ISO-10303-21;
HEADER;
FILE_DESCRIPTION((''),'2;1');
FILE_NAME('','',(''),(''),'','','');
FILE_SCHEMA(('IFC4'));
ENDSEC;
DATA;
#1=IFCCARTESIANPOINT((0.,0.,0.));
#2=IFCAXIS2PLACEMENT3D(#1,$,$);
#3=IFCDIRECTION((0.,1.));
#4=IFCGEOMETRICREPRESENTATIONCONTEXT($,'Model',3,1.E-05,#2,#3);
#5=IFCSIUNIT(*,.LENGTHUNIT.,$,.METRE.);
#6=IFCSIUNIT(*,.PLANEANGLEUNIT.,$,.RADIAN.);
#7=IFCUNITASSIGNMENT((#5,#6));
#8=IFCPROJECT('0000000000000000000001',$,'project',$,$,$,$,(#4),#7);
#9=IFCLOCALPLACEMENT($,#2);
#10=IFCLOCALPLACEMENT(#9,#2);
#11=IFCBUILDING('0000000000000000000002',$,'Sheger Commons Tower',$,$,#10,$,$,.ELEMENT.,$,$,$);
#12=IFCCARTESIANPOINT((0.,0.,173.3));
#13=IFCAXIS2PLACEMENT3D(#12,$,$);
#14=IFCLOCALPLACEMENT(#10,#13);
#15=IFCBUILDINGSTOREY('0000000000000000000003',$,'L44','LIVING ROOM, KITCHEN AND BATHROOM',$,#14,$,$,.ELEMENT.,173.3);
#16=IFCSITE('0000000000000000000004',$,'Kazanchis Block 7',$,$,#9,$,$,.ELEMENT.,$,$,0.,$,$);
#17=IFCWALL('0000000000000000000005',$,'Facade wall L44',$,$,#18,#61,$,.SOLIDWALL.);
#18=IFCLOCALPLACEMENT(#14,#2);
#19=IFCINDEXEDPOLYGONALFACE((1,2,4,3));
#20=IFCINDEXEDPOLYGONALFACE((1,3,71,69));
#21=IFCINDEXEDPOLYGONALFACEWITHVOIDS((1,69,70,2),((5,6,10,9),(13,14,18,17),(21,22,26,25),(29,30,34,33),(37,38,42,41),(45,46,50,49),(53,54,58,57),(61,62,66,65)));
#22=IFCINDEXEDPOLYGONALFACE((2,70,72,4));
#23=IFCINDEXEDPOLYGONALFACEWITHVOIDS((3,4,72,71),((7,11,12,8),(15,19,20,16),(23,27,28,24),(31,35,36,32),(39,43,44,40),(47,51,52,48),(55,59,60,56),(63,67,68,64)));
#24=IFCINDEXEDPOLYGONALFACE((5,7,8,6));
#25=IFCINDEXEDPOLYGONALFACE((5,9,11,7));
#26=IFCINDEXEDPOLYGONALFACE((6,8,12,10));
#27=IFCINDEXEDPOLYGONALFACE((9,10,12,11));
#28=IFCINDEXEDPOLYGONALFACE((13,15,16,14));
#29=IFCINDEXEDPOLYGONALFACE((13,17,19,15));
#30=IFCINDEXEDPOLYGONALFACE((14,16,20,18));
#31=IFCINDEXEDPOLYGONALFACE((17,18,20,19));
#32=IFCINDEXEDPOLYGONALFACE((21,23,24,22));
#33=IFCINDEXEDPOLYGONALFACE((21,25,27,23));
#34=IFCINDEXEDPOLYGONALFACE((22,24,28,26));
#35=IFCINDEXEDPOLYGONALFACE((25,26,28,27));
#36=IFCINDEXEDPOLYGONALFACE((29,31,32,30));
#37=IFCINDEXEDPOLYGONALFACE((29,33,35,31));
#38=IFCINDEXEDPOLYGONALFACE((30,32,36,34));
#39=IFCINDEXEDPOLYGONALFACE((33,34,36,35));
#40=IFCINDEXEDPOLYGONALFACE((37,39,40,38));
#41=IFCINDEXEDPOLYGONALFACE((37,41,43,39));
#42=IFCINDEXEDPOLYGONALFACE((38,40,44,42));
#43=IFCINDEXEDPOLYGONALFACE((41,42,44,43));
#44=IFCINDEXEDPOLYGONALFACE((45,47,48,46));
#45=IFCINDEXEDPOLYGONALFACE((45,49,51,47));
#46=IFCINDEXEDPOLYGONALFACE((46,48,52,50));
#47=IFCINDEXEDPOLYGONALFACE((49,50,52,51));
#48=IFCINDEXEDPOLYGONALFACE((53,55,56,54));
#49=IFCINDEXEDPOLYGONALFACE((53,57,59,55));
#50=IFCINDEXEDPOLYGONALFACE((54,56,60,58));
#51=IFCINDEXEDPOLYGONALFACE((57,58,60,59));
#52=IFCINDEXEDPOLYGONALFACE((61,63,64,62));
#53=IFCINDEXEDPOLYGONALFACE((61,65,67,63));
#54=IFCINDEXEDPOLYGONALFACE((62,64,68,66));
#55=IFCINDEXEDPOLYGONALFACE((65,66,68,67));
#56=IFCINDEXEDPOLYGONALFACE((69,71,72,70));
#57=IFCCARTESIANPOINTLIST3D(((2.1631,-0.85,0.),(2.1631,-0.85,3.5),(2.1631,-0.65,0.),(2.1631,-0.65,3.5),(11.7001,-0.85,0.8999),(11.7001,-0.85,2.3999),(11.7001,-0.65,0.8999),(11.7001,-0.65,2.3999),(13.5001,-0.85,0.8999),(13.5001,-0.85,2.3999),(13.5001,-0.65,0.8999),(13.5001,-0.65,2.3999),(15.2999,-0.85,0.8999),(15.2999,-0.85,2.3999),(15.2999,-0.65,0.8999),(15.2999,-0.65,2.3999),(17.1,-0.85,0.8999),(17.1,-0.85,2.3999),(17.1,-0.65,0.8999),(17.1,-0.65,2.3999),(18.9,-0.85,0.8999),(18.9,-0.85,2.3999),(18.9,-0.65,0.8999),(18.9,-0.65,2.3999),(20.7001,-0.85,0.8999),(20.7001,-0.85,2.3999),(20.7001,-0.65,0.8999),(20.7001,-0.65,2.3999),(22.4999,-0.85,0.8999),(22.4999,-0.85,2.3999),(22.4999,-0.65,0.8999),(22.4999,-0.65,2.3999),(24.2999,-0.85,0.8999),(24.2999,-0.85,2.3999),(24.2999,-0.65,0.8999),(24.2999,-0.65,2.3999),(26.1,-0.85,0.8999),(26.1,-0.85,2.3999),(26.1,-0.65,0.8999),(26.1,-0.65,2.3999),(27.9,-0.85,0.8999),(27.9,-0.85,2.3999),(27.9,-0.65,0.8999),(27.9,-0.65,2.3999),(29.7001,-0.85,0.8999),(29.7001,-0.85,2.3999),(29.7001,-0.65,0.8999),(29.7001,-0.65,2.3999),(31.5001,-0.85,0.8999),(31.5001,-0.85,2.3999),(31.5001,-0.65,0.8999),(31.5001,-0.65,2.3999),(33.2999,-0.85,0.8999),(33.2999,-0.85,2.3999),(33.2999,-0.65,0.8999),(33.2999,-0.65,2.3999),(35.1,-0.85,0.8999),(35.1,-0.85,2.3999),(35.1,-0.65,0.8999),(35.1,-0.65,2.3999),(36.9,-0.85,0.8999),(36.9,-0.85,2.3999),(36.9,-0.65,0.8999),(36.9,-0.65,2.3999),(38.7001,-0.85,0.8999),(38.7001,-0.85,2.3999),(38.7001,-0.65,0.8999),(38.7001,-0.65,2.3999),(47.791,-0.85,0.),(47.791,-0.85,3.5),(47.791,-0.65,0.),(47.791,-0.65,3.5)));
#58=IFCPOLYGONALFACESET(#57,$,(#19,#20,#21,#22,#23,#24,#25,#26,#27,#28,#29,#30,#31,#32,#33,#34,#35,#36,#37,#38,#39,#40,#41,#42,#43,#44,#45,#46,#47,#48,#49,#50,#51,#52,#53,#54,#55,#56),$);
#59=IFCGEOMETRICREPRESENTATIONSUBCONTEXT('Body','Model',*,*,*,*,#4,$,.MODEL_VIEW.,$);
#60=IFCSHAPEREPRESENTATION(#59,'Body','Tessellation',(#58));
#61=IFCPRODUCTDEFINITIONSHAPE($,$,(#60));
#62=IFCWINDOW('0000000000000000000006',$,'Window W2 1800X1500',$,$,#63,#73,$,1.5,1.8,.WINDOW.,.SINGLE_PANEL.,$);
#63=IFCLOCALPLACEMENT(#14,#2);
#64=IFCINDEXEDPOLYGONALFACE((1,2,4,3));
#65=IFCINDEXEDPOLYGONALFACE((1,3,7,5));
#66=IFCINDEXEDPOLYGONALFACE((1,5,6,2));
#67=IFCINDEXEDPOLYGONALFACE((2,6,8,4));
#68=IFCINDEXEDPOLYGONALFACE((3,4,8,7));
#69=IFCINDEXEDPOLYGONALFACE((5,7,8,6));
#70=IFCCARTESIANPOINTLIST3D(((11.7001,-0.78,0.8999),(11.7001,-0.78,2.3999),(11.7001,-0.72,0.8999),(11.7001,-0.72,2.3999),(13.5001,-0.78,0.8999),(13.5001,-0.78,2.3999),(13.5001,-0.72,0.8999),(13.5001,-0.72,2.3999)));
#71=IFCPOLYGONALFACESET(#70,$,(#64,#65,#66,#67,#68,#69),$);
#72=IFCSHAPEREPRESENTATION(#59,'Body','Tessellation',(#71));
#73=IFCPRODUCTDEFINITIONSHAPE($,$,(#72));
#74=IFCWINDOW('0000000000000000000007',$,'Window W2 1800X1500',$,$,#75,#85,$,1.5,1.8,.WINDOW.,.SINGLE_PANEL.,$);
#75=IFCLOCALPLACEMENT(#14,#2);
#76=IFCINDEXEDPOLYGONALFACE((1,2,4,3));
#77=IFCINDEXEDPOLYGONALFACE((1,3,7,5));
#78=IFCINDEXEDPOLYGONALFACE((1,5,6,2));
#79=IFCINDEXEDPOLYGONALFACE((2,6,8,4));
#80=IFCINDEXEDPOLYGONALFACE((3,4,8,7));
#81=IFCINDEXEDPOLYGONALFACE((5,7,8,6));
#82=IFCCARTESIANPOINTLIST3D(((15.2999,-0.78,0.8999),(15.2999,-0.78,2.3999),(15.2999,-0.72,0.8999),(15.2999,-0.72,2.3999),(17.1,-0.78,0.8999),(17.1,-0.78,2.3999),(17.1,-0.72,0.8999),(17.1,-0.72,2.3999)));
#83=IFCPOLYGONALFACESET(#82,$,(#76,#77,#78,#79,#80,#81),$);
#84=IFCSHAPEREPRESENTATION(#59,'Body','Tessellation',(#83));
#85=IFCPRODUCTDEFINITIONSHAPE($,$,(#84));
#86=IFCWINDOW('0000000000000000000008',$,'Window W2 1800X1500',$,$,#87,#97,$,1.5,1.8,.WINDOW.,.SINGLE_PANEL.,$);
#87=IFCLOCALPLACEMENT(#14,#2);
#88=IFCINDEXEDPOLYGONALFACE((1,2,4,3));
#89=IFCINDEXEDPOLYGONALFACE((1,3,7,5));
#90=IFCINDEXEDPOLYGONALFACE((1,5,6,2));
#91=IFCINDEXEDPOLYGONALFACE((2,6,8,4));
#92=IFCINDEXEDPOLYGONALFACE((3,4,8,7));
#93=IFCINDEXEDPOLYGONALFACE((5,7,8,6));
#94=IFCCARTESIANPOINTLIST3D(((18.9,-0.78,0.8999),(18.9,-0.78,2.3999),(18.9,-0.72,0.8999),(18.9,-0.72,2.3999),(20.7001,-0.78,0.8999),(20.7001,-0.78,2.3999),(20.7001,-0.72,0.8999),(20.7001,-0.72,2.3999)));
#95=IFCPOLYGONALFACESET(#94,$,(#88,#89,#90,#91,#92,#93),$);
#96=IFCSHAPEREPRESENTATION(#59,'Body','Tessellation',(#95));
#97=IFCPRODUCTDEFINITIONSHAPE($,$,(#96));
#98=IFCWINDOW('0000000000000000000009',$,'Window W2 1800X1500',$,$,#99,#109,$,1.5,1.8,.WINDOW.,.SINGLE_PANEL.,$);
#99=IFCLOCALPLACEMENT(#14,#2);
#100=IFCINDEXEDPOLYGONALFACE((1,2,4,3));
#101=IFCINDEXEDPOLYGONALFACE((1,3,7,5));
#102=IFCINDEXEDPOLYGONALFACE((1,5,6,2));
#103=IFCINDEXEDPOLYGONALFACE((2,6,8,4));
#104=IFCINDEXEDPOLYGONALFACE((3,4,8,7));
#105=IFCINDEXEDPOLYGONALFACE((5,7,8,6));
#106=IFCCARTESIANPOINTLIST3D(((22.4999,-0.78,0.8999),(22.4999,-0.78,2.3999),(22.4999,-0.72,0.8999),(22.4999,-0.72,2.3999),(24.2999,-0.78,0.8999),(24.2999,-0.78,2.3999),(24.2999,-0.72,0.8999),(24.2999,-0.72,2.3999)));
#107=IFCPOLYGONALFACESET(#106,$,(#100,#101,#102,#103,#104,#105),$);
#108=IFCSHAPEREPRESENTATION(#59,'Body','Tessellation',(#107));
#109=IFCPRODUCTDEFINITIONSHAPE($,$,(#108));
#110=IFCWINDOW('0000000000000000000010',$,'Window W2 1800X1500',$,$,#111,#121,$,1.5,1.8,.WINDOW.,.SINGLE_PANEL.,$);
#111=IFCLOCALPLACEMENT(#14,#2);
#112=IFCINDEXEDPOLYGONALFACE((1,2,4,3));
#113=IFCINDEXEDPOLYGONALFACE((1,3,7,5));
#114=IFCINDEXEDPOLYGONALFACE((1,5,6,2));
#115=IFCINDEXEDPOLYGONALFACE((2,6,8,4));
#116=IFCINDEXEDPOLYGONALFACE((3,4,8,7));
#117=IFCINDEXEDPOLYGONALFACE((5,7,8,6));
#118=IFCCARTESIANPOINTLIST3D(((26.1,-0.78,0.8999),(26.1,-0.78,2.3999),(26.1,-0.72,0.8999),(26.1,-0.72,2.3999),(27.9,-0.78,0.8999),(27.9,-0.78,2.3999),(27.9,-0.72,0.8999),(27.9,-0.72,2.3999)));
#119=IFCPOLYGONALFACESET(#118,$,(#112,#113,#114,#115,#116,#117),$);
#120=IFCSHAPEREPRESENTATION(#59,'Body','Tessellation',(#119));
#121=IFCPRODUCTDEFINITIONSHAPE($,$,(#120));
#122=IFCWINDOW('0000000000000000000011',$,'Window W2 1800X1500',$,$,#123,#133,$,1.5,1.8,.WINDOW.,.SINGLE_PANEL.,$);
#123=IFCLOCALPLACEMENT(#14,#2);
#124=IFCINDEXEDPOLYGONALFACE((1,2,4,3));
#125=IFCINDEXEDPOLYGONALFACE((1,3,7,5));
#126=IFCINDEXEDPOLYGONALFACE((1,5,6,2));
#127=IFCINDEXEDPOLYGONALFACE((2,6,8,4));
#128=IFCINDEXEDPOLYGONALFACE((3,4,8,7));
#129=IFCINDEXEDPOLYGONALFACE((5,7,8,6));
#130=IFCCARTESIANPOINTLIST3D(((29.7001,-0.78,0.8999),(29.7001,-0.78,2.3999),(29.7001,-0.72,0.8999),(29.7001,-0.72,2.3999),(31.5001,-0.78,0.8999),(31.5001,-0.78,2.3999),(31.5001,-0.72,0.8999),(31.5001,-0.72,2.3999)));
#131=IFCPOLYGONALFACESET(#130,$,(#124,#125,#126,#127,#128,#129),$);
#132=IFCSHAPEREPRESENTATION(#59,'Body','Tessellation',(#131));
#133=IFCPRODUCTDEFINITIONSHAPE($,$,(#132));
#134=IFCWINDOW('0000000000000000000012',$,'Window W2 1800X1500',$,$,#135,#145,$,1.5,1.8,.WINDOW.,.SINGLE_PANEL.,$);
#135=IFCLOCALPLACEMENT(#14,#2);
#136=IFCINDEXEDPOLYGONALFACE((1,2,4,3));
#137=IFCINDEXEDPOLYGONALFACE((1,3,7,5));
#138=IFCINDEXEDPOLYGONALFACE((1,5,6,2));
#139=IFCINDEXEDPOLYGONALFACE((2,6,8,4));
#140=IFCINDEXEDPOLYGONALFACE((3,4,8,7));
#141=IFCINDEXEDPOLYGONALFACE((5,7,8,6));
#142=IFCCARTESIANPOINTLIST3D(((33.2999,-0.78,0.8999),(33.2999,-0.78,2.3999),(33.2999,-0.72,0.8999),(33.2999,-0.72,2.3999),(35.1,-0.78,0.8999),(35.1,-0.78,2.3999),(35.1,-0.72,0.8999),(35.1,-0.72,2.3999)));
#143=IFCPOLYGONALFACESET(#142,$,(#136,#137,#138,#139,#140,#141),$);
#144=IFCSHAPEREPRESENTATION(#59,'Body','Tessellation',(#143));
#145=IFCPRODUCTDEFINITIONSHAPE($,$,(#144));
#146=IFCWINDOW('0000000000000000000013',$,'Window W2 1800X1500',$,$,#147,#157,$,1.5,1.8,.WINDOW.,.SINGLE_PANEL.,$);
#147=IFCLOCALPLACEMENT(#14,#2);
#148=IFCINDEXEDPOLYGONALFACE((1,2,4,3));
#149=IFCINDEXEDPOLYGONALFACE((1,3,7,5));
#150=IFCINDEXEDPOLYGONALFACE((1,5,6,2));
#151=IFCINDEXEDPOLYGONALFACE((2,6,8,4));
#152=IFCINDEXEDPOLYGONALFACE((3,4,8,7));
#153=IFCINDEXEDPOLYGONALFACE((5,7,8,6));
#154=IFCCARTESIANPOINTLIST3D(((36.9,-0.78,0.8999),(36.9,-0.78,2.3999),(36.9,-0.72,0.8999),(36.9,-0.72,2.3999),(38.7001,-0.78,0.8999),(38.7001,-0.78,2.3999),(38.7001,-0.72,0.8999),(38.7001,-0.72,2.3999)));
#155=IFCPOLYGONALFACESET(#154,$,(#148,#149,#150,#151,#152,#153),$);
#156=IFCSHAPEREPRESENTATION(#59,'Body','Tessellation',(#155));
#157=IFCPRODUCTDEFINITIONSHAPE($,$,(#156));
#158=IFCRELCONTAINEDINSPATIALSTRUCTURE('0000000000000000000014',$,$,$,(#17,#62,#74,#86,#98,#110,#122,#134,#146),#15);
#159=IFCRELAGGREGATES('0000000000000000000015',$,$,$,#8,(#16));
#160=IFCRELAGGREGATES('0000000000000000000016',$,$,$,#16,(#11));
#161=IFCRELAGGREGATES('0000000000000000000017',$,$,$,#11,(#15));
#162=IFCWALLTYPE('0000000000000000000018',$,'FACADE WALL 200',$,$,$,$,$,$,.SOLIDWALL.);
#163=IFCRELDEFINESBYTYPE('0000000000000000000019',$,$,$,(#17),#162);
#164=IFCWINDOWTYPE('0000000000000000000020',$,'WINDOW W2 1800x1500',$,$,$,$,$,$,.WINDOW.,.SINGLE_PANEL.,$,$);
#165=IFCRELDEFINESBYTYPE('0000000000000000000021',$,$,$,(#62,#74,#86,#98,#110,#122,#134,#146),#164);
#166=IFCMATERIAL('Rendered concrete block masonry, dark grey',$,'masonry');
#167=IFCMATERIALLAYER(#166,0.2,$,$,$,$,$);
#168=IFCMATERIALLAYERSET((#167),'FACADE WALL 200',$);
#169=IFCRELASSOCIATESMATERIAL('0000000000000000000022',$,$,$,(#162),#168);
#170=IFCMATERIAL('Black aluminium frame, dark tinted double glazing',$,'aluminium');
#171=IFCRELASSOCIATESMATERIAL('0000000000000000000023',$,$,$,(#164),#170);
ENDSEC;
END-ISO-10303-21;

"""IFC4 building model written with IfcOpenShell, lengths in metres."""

from ifc_helpers import new_model, si_unit, direction, frame, frame_2d, origin, place, context, subcontext, project, spatial, rectangle, extrude, material, layer, layer_set, type_object, element, fill, save


model = new_model("IFC4")

# Units and contexts
model_context = context("Model", 3, precision=1e-05, world=origin(), true_north=direction((0.0, 1.0)))
body_context = subcontext(model_context, "Body", "Model", "MODEL_VIEW")
ifc_project = project(units=[si_unit("LENGTHUNIT", "METRE"), si_unit("PLANEANGLEUNIT", "RADIAN")], contexts=[model_context])

# Site, building, storey
site_placement = place(None, origin())
site = spatial("IfcSite", under=ifc_project, at=site_placement, Name="Kazanchis Block 7", CompositionType="ELEMENT", RefElevation=0.0)
building_placement = place(site_placement, origin())
building = spatial("IfcBuilding", under=site, at=building_placement, Name="Sheger Commons Tower", CompositionType="ELEMENT")
storey_placement = place(building_placement, frame((0.0, 0.0, 173.3)))
storey = spatial("IfcBuildingStorey", under=building, at=storey_placement, Name="L44", Description="LIVING ROOM, KITCHEN AND BATHROOM", CompositionType="ELEMENT", Elevation=173.3)

# Wall, openings, windows
ifc_material_1 = material(Name="Rendered concrete block masonry, dark grey", Category="masonry")
ifc_layer_1 = layer(ifc_material_1, 0.2)
ifc_layer_set_1 = layer_set([ifc_layer_1], Name="FACADE WALL 200")
wall_type_1 = type_object("IfcWallType", Name="FACADE WALL 200", PredefinedType="SOLIDWALL", material=ifc_layer_set_1)
wall_1_placement = place(storey_placement, frame((2.1631, -0.75, 0.0), z_axis=(0.0, 0.0, 1.0), x_axis=(1.0, 0.0, 0.0)))
wall_1 = element("IfcWall", 1, at=wall_1_placement, inside=storey, type_object=wall_type_1, Name="Facade wall L44", PredefinedType="SOLIDWALL", context=body_context, shape_type="SweptSolid", body=[
    extrude(rectangle(XDim=45.6279, YDim=0.2, at=frame_2d((22.814, 0.0))), origin(), (0.0, 0.0, 1.0), 3.5),
])
opening_1_placement = place(wall_1_placement, frame((9.5371, 0.0, 0.8999)))
opening_1 = element("IfcOpeningElement", 2, at=opening_1_placement, cuts=wall_1, PredefinedType="OPENING", context=body_context, shape_type="SweptSolid", body=[
    extrude(rectangle(XDim=1.8, YDim=1.5, at=frame_2d((0.8999, 0.75))), frame((0.0, 0.1099, 0.0), z_axis=(0.0, -1.0, 0.0), x_axis=(1.0, 0.0, 0.0)), (0.0, 0.0, 1.0), 0.22),
])
opening_2_placement = place(wall_1_placement, frame((13.137, 0.0, 0.8999)))
opening_2 = element("IfcOpeningElement", 3, at=opening_2_placement, cuts=wall_1, PredefinedType="OPENING", context=body_context, shape_type="SweptSolid", body=[
    extrude(rectangle(XDim=1.8, YDim=1.5, at=frame_2d((0.8999, 0.75))), frame((0.0, 0.1099, 0.0), z_axis=(0.0, -1.0, 0.0), x_axis=(1.0, 0.0, 0.0)), (0.0, 0.0, 1.0), 0.22),
])
opening_3_placement = place(wall_1_placement, frame((16.7371, 0.0, 0.8999)))
opening_3 = element("IfcOpeningElement", 4, at=opening_3_placement, cuts=wall_1, PredefinedType="OPENING", context=body_context, shape_type="SweptSolid", body=[
    extrude(rectangle(XDim=1.8, YDim=1.5, at=frame_2d((0.8999, 0.75))), frame((0.0, 0.1099, 0.0), z_axis=(0.0, -1.0, 0.0), x_axis=(1.0, 0.0, 0.0)), (0.0, 0.0, 1.0), 0.22),
])
opening_4_placement = place(wall_1_placement, frame((20.3369, 0.0, 0.8999)))
opening_4 = element("IfcOpeningElement", 5, at=opening_4_placement, cuts=wall_1, PredefinedType="OPENING", context=body_context, shape_type="SweptSolid", body=[
    extrude(rectangle(XDim=1.8, YDim=1.5, at=frame_2d((0.8999, 0.75))), frame((0.0, 0.1099, 0.0), z_axis=(0.0, -1.0, 0.0), x_axis=(1.0, 0.0, 0.0)), (0.0, 0.0, 1.0), 0.22),
])
opening_5_placement = place(wall_1_placement, frame((23.937, 0.0, 0.8999)))
opening_5 = element("IfcOpeningElement", 6, at=opening_5_placement, cuts=wall_1, PredefinedType="OPENING", context=body_context, shape_type="SweptSolid", body=[
    extrude(rectangle(XDim=1.8, YDim=1.5, at=frame_2d((0.8999, 0.75))), frame((0.0, 0.1099, 0.0), z_axis=(0.0, -1.0, 0.0), x_axis=(1.0, 0.0, 0.0)), (0.0, 0.0, 1.0), 0.22),
])
opening_6_placement = place(wall_1_placement, frame((27.5371, 0.0, 0.8999)))
opening_6 = element("IfcOpeningElement", 7, at=opening_6_placement, cuts=wall_1, PredefinedType="OPENING", context=body_context, shape_type="SweptSolid", body=[
    extrude(rectangle(XDim=1.8, YDim=1.5, at=frame_2d((0.8999, 0.75))), frame((0.0, 0.1099, 0.0), z_axis=(0.0, -1.0, 0.0), x_axis=(1.0, 0.0, 0.0)), (0.0, 0.0, 1.0), 0.22),
])
opening_7_placement = place(wall_1_placement, frame((31.137, 0.0, 0.8999)))
opening_7 = element("IfcOpeningElement", 8, at=opening_7_placement, cuts=wall_1, PredefinedType="OPENING", context=body_context, shape_type="SweptSolid", body=[
    extrude(rectangle(XDim=1.8, YDim=1.5, at=frame_2d((0.8999, 0.75))), frame((0.0, 0.1099, 0.0), z_axis=(0.0, -1.0, 0.0), x_axis=(1.0, 0.0, 0.0)), (0.0, 0.0, 1.0), 0.22),
])
opening_8_placement = place(wall_1_placement, frame((34.7371, 0.0, 0.8999)))
opening_8 = element("IfcOpeningElement", 9, at=opening_8_placement, cuts=wall_1, PredefinedType="OPENING", context=body_context, shape_type="SweptSolid", body=[
    extrude(rectangle(XDim=1.8, YDim=1.5, at=frame_2d((0.8999, 0.75))), frame((0.0, 0.1099, 0.0), z_axis=(0.0, -1.0, 0.0), x_axis=(1.0, 0.0, 0.0)), (0.0, 0.0, 1.0), 0.22),
])
ifc_material_2 = material(Name="Black aluminium frame, dark tinted double glazing", Category="aluminium")
window_type = type_object("IfcWindowType", Name="WINDOW W2 1800x1500", PartitioningType="SINGLE_PANEL", PredefinedType="WINDOW", material=ifc_material_2)
window_1_placement = place(opening_1_placement, origin())
window_1 = element("IfcWindow", 10, at=window_1_placement, inside=storey, type_object=window_type, Name="Window W2 1800X1500", OverallHeight=1.5, OverallWidth=1.8, PartitioningType="SINGLE_PANEL", PredefinedType="WINDOW", context=body_context, shape_type="SweptSolid", body=[
    extrude(rectangle(XDim=1.8, YDim=1.5, at=frame_2d((0.8999, 0.75))), frame((0.0, 0.03, 0.0), z_axis=(0.0, -1.0, 0.0), x_axis=(1.0, 0.0, 0.0)), (0.0, 0.0, 1.0), 0.0601),
])
fill(opening_1, window_1)
window_2_placement = place(opening_2_placement, origin())
window_2 = element("IfcWindow", 11, at=window_2_placement, inside=storey, type_object=window_type, Name="Window W2 1800X1500", OverallHeight=1.5, OverallWidth=1.8, PartitioningType="SINGLE_PANEL", PredefinedType="WINDOW", context=body_context, shape_type="SweptSolid", body=[
    extrude(rectangle(XDim=1.8, YDim=1.5, at=frame_2d((0.8999, 0.75))), frame((0.0, 0.03, 0.0), z_axis=(0.0, -1.0, 0.0), x_axis=(1.0, 0.0, 0.0)), (0.0, 0.0, 1.0), 0.0601),
])
fill(opening_2, window_2)
window_3_placement = place(opening_3_placement, origin())
window_3 = element("IfcWindow", 12, at=window_3_placement, inside=storey, type_object=window_type, Name="Window W2 1800X1500", OverallHeight=1.5, OverallWidth=1.8, PartitioningType="SINGLE_PANEL", PredefinedType="WINDOW", context=body_context, shape_type="SweptSolid", body=[
    extrude(rectangle(XDim=1.8, YDim=1.5, at=frame_2d((0.8999, 0.75))), frame((0.0, 0.03, 0.0), z_axis=(0.0, -1.0, 0.0), x_axis=(1.0, 0.0, 0.0)), (0.0, 0.0, 1.0), 0.0601),
])
fill(opening_3, window_3)
window_4_placement = place(opening_4_placement, origin())
window_4 = element("IfcWindow", 13, at=window_4_placement, inside=storey, type_object=window_type, Name="Window W2 1800X1500", OverallHeight=1.5, OverallWidth=1.8, PartitioningType="SINGLE_PANEL", PredefinedType="WINDOW", context=body_context, shape_type="SweptSolid", body=[
    extrude(rectangle(XDim=1.8, YDim=1.5, at=frame_2d((0.8999, 0.75))), frame((0.0, 0.03, 0.0), z_axis=(0.0, -1.0, 0.0), x_axis=(1.0, 0.0, 0.0)), (0.0, 0.0, 1.0), 0.0601),
])
fill(opening_4, window_4)
window_5_placement = place(opening_5_placement, origin())
window_5 = element("IfcWindow", 14, at=window_5_placement, inside=storey, type_object=window_type, Name="Window W2 1800X1500", OverallHeight=1.5, OverallWidth=1.8, PartitioningType="SINGLE_PANEL", PredefinedType="WINDOW", context=body_context, shape_type="SweptSolid", body=[
    extrude(rectangle(XDim=1.8, YDim=1.5, at=frame_2d((0.8999, 0.75))), frame((0.0, 0.03, 0.0), z_axis=(0.0, -1.0, 0.0), x_axis=(1.0, 0.0, 0.0)), (0.0, 0.0, 1.0), 0.0601),
])
fill(opening_5, window_5)
window_6_placement = place(opening_6_placement, origin())
window_6 = element("IfcWindow", 15, at=window_6_placement, inside=storey, type_object=window_type, Name="Window W2 1800X1500", OverallHeight=1.5, OverallWidth=1.8, PartitioningType="SINGLE_PANEL", PredefinedType="WINDOW", context=body_context, shape_type="SweptSolid", body=[
    extrude(rectangle(XDim=1.8, YDim=1.5, at=frame_2d((0.8999, 0.75))), frame((0.0, 0.03, 0.0), z_axis=(0.0, -1.0, 0.0), x_axis=(1.0, 0.0, 0.0)), (0.0, 0.0, 1.0), 0.0601),
])
fill(opening_6, window_6)
window_7_placement = place(opening_7_placement, origin())
window_7 = element("IfcWindow", 16, at=window_7_placement, inside=storey, type_object=window_type, Name="Window W2 1800X1500", OverallHeight=1.5, OverallWidth=1.8, PartitioningType="SINGLE_PANEL", PredefinedType="WINDOW", context=body_context, shape_type="SweptSolid", body=[
    extrude(rectangle(XDim=1.8, YDim=1.5, at=frame_2d((0.8999, 0.75))), frame((0.0, 0.03, 0.0), z_axis=(0.0, -1.0, 0.0), x_axis=(1.0, 0.0, 0.0)), (0.0, 0.0, 1.0), 0.0601),
])
fill(opening_7, window_7)
window_8_placement = place(opening_8_placement, origin())
window_8 = element("IfcWindow", 17, at=window_8_placement, inside=storey, type_object=window_type, Name="Window W2 1800X1500", OverallHeight=1.5, OverallWidth=1.8, PartitioningType="SINGLE_PANEL", PredefinedType="WINDOW", context=body_context, shape_type="SweptSolid", body=[
    extrude(rectangle(XDim=1.8, YDim=1.5, at=frame_2d((0.8999, 0.75))), frame((0.0, 0.03, 0.0), z_axis=(0.0, -1.0, 0.0), x_axis=(1.0, 0.0, 0.0)), (0.0, 0.0, 1.0), 0.0601),
])
fill(opening_8, window_8)

save(model, "model.ifc")
